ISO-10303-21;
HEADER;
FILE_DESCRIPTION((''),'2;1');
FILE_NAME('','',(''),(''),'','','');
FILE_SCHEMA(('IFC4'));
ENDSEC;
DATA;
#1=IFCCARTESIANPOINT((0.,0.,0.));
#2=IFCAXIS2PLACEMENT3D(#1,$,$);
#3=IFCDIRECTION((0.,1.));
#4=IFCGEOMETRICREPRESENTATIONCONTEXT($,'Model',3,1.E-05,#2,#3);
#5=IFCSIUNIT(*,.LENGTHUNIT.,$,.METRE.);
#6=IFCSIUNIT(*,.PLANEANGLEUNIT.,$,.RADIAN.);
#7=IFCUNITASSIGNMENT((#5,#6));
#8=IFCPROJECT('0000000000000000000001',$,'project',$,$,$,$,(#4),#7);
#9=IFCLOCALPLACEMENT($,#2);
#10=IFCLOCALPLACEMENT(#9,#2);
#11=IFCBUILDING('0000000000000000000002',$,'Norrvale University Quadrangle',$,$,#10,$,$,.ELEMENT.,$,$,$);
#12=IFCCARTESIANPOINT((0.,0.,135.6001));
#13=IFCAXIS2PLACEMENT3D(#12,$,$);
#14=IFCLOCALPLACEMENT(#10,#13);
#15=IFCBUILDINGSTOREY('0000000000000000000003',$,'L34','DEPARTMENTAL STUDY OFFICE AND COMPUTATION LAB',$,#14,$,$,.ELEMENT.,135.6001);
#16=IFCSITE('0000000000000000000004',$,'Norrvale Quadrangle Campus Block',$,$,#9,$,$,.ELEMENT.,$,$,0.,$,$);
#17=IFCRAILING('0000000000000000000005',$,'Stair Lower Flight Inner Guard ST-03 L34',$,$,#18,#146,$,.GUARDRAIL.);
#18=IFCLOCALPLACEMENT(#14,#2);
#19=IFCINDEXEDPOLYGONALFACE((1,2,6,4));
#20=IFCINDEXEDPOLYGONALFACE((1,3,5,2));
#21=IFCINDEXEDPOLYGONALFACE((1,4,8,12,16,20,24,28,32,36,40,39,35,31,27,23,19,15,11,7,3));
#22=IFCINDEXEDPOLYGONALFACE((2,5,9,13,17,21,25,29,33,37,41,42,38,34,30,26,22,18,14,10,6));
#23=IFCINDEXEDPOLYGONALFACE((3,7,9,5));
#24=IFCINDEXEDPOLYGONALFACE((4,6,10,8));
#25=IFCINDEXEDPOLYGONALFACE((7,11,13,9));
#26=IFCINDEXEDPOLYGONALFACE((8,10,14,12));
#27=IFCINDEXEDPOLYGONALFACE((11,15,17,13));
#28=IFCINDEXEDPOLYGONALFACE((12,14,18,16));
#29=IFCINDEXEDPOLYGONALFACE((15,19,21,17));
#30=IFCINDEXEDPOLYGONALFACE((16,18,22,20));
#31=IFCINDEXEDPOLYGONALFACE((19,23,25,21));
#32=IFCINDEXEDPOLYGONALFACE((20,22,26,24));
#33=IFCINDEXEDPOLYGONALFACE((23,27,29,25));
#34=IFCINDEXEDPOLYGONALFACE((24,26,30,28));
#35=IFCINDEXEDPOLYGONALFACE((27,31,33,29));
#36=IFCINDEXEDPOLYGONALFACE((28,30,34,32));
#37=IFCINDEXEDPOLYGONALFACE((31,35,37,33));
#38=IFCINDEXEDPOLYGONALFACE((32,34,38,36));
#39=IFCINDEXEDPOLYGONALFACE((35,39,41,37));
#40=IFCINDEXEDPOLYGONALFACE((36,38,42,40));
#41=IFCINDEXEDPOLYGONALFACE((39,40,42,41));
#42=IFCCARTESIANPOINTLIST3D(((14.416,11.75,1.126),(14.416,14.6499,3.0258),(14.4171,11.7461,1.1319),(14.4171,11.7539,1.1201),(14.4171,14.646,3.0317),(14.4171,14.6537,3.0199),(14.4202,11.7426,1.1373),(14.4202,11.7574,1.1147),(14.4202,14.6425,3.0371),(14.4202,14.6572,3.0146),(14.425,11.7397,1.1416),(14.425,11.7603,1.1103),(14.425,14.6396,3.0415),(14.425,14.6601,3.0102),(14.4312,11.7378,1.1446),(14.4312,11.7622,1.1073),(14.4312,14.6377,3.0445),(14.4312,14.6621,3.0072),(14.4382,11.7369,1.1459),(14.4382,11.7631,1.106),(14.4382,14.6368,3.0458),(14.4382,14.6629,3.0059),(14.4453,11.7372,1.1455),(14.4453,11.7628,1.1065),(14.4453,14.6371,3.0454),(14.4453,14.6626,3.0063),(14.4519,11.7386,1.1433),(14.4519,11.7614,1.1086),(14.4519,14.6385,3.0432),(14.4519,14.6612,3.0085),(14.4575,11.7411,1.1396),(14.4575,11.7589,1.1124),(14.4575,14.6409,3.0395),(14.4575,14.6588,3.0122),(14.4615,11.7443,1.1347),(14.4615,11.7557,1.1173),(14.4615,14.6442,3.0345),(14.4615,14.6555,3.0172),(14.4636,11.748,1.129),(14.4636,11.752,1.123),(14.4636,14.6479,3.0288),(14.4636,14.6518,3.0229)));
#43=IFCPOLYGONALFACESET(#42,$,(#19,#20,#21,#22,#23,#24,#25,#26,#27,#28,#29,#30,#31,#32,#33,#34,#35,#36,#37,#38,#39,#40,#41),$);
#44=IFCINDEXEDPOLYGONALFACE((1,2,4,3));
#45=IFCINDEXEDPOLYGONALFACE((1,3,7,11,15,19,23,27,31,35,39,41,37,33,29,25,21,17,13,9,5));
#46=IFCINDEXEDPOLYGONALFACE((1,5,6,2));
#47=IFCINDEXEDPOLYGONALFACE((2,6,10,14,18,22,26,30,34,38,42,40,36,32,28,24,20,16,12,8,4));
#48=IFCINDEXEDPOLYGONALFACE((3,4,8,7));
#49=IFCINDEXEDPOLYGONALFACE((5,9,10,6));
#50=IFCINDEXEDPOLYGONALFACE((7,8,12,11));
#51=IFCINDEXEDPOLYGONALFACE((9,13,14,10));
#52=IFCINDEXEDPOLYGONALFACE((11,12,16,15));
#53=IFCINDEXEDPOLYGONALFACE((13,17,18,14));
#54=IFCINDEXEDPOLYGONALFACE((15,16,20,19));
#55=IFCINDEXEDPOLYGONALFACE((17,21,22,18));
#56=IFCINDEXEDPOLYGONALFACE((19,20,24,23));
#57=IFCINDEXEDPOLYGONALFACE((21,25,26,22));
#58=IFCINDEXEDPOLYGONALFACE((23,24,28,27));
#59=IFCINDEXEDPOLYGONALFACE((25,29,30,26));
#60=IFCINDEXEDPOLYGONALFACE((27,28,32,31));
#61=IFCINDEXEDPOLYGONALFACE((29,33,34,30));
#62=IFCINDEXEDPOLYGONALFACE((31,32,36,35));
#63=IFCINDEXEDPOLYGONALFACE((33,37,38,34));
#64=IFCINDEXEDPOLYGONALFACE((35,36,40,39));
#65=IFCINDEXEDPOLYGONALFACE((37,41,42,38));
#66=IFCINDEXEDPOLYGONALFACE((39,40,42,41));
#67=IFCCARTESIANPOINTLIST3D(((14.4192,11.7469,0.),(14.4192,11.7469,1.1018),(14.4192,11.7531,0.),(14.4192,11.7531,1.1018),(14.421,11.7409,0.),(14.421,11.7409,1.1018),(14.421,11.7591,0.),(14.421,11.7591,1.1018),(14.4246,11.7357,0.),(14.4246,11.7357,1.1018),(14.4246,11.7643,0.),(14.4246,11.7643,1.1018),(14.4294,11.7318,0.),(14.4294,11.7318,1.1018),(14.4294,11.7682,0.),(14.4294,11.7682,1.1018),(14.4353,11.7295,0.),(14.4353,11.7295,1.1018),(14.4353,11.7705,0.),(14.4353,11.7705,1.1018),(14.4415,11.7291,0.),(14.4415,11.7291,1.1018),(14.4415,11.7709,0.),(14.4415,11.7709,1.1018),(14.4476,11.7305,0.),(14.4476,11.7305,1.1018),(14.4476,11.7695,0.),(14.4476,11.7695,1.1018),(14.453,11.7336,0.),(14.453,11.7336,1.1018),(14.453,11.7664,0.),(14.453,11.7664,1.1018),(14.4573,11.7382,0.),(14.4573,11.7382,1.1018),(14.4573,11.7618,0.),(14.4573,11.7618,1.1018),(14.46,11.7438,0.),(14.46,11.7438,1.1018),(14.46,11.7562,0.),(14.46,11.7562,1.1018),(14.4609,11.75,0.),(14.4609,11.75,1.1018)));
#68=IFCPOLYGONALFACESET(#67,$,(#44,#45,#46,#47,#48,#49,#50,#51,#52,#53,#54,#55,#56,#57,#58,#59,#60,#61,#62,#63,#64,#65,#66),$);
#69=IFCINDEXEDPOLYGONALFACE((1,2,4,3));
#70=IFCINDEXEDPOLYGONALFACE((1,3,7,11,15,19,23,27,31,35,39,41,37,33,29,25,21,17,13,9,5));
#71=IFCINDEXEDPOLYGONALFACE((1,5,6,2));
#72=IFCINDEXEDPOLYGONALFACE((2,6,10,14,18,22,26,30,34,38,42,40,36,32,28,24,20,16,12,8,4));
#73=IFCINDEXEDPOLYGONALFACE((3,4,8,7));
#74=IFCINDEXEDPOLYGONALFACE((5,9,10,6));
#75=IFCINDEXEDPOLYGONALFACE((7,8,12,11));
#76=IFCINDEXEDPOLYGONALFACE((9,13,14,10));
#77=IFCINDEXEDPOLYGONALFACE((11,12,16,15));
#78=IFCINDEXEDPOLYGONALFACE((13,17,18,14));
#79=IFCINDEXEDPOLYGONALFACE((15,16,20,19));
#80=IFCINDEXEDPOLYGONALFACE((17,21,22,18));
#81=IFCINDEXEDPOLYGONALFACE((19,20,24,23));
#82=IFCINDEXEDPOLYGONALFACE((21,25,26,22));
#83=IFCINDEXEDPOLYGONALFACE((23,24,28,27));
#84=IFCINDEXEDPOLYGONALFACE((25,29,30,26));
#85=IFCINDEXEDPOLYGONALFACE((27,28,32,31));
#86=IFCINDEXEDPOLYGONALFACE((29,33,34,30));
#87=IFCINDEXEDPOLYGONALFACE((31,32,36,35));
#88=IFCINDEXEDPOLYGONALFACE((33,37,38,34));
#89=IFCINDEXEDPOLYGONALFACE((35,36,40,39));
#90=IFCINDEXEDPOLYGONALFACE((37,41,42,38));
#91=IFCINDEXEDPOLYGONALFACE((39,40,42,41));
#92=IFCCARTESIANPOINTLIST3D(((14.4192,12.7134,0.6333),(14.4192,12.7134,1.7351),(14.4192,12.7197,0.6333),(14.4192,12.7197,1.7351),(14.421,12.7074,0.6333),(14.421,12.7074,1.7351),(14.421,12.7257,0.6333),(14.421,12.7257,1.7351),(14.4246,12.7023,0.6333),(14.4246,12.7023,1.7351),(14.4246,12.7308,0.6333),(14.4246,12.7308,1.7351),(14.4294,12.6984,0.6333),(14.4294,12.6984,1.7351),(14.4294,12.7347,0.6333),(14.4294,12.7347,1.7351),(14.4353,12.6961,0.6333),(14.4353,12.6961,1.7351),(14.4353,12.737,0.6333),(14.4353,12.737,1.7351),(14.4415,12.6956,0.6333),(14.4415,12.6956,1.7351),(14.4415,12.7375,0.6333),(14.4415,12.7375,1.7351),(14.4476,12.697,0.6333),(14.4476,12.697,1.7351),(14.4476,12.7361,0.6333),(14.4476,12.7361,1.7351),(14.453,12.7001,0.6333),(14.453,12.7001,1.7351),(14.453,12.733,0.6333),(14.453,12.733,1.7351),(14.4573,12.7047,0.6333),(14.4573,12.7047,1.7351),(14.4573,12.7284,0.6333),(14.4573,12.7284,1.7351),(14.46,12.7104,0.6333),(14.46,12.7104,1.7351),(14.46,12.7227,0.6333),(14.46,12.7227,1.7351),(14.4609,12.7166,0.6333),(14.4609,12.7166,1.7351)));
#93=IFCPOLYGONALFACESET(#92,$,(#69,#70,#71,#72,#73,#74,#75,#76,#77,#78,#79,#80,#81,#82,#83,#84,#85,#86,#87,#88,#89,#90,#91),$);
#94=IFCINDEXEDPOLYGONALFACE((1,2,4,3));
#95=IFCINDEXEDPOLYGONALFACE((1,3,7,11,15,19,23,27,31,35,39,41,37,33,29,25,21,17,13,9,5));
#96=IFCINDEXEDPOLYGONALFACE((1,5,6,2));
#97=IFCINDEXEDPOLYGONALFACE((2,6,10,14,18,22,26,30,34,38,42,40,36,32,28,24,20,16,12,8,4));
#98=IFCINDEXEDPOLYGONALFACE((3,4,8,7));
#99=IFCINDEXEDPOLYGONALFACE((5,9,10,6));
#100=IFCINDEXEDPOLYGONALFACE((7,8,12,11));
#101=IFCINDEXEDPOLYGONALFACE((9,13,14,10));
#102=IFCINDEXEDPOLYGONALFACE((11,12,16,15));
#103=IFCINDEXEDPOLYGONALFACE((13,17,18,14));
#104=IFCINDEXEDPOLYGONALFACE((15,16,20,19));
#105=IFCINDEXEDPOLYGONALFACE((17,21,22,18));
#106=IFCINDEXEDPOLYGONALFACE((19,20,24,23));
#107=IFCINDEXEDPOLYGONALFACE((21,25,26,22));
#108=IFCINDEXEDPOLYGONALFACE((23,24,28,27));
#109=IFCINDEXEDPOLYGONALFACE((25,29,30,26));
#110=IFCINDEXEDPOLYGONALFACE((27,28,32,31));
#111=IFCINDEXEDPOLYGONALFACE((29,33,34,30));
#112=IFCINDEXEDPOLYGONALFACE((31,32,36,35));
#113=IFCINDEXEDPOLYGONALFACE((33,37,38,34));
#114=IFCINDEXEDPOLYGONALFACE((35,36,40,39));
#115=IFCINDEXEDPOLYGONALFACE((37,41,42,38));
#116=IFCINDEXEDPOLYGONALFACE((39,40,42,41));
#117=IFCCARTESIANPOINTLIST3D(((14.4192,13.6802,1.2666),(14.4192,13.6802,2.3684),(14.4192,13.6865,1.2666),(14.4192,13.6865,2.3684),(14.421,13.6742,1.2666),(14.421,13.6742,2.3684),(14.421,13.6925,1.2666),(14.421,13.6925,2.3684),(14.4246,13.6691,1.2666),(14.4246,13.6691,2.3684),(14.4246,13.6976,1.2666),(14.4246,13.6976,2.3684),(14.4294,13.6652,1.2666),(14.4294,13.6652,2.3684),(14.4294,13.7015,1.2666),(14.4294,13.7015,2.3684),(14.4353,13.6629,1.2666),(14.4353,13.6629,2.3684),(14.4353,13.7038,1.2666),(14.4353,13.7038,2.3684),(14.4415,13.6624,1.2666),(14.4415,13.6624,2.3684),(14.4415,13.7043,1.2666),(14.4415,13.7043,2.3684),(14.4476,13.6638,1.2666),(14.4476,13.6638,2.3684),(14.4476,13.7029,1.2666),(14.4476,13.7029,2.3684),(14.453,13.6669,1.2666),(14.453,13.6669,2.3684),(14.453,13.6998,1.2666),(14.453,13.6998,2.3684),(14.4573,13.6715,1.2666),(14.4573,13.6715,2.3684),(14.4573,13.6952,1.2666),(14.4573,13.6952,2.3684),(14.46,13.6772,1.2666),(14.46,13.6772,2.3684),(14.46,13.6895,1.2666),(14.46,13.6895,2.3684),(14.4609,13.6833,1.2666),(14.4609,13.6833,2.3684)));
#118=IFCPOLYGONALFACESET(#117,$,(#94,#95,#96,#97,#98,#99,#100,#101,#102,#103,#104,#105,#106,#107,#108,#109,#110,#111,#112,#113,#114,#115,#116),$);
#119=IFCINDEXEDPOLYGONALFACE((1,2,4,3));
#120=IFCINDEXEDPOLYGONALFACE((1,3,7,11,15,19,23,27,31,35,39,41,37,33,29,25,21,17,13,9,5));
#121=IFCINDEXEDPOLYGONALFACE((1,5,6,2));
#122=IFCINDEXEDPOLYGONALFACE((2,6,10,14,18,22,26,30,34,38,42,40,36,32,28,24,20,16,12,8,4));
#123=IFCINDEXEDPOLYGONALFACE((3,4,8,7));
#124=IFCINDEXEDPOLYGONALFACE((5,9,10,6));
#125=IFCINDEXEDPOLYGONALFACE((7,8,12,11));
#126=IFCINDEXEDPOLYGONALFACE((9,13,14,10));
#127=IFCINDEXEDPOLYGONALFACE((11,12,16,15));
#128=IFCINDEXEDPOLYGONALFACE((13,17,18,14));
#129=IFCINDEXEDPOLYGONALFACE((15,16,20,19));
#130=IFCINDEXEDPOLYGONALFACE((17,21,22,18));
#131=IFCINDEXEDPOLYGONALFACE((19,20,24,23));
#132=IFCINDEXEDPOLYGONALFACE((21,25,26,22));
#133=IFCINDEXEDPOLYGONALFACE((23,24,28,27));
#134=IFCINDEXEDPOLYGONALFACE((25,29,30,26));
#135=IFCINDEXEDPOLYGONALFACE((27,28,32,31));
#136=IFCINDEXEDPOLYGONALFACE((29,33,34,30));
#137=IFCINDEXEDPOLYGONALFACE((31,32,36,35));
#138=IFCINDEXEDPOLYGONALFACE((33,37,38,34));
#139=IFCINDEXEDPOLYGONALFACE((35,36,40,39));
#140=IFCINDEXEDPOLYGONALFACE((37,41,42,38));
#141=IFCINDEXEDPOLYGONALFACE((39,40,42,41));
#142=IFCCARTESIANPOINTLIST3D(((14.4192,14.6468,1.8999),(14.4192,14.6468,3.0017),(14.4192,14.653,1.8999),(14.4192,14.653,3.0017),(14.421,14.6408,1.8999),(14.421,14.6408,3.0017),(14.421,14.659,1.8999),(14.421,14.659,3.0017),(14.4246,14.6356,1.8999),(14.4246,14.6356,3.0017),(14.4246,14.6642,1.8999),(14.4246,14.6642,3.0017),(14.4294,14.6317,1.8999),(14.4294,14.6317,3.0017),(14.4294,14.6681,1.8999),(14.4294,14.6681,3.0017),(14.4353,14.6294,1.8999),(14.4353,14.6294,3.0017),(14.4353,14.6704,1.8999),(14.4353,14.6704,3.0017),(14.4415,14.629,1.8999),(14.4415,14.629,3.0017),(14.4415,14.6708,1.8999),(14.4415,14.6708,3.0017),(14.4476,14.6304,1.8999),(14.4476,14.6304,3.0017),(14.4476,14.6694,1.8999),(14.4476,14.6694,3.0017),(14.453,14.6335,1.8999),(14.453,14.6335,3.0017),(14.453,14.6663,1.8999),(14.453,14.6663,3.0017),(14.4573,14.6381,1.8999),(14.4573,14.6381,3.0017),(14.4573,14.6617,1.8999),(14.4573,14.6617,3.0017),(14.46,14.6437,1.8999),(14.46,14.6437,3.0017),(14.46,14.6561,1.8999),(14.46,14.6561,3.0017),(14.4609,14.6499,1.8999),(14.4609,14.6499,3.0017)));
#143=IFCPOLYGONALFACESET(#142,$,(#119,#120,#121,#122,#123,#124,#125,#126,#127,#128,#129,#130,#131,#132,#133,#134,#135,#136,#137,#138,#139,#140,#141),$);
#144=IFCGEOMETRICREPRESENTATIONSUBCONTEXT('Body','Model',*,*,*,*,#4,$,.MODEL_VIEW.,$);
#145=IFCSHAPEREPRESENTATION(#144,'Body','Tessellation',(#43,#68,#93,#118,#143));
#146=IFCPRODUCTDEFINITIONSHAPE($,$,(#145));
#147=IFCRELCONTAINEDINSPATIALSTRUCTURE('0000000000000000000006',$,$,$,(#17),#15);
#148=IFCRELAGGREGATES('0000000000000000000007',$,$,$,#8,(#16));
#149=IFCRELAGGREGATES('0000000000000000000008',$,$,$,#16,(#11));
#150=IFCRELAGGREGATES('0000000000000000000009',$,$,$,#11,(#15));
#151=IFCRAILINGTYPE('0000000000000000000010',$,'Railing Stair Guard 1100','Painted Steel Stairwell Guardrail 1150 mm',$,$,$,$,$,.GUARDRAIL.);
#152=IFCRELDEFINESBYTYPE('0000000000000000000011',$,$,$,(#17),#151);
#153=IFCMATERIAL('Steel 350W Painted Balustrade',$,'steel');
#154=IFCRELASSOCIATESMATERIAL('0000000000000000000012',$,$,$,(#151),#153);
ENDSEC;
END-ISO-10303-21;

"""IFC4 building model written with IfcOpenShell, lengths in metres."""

from ifc_helpers import new_model, si_unit, direction, frame, origin, origin_2d, place, context, subcontext, project, spatial, circle, extrude, material, type_object, element, save


model = new_model("IFC4")

# Units and contexts
model_context = context("Model", 3, precision=1e-05, world=origin(), true_north=direction((0.0, 1.0)))
body_context = subcontext(model_context, "Body", "Model", "MODEL_VIEW")
ifc_project = project(units=[si_unit("LENGTHUNIT", "METRE"), si_unit("PLANEANGLEUNIT", "RADIAN")], contexts=[model_context])

# Site, building, storey
site_placement = place(None, origin())
site = spatial("IfcSite", under=ifc_project, at=site_placement, Name="Norrvale Quadrangle Campus Block", CompositionType="ELEMENT", RefElevation=0.0)
building_placement = place(site_placement, origin())
building = spatial("IfcBuilding", under=site, at=building_placement, Name="Norrvale University Quadrangle", CompositionType="ELEMENT")
storey_placement = place(building_placement, frame((0.0, 0.0, 135.6001)))
storey = spatial("IfcBuildingStorey", under=building, at=storey_placement, Name="L34", Description="DEPARTMENTAL STUDY OFFICE AND COMPUTATION LAB", CompositionType="ELEMENT", Elevation=135.6001)

# Railing
ifc_material_1 = material(Name="Steel 350W Painted Balustrade", Category="steel")
railing_type_1 = type_object("IfcRailingType", Name="Railing Stair Guard 1100", Description="Painted Steel Stairwell Guardrail 1150 mm", PredefinedType="GUARDRAIL", material=ifc_material_1)
railing_1_placement = place(storey_placement, frame((14.4399, 11.75, 0.0)))
element("IfcRailing", 1, at=railing_1_placement, inside=storey, type_object=railing_type_1, Name="Stair Lower Flight Inner Guard ST-03 L34", PredefinedType="GUARDRAIL", context=body_context, shape_type="SweptSolid", body=[
    extrude(circle(Radius=0.0239, at=origin_2d()), frame((0.0, 0.0, 1.126), z_axis=(0.0, 0.836466, 0.548019), x_axis=(-1.0, 0.0, 0.0)), (0.0, 0.0, 1.0), 3.4668),
    extrude(circle(Radius=0.021, at=origin_2d()), origin(), (0.0, 0.0, 1.0), 1.1018),
    extrude(circle(Radius=0.021, at=origin_2d()), frame((0.0, 0.9666, 0.6333)), (0.0, 0.0, 1.0), 1.1018),
    extrude(circle(Radius=0.021, at=origin_2d()), frame((0.0, 1.9333, 1.2666)), (0.0, 0.0, 1.0), 1.1018),
    extrude(circle(Radius=0.021, at=origin_2d()), frame((0.0, 2.8999, 1.8999)), (0.0, 0.0, 1.0), 1.1018),
])

save(model, "model.ifc")
